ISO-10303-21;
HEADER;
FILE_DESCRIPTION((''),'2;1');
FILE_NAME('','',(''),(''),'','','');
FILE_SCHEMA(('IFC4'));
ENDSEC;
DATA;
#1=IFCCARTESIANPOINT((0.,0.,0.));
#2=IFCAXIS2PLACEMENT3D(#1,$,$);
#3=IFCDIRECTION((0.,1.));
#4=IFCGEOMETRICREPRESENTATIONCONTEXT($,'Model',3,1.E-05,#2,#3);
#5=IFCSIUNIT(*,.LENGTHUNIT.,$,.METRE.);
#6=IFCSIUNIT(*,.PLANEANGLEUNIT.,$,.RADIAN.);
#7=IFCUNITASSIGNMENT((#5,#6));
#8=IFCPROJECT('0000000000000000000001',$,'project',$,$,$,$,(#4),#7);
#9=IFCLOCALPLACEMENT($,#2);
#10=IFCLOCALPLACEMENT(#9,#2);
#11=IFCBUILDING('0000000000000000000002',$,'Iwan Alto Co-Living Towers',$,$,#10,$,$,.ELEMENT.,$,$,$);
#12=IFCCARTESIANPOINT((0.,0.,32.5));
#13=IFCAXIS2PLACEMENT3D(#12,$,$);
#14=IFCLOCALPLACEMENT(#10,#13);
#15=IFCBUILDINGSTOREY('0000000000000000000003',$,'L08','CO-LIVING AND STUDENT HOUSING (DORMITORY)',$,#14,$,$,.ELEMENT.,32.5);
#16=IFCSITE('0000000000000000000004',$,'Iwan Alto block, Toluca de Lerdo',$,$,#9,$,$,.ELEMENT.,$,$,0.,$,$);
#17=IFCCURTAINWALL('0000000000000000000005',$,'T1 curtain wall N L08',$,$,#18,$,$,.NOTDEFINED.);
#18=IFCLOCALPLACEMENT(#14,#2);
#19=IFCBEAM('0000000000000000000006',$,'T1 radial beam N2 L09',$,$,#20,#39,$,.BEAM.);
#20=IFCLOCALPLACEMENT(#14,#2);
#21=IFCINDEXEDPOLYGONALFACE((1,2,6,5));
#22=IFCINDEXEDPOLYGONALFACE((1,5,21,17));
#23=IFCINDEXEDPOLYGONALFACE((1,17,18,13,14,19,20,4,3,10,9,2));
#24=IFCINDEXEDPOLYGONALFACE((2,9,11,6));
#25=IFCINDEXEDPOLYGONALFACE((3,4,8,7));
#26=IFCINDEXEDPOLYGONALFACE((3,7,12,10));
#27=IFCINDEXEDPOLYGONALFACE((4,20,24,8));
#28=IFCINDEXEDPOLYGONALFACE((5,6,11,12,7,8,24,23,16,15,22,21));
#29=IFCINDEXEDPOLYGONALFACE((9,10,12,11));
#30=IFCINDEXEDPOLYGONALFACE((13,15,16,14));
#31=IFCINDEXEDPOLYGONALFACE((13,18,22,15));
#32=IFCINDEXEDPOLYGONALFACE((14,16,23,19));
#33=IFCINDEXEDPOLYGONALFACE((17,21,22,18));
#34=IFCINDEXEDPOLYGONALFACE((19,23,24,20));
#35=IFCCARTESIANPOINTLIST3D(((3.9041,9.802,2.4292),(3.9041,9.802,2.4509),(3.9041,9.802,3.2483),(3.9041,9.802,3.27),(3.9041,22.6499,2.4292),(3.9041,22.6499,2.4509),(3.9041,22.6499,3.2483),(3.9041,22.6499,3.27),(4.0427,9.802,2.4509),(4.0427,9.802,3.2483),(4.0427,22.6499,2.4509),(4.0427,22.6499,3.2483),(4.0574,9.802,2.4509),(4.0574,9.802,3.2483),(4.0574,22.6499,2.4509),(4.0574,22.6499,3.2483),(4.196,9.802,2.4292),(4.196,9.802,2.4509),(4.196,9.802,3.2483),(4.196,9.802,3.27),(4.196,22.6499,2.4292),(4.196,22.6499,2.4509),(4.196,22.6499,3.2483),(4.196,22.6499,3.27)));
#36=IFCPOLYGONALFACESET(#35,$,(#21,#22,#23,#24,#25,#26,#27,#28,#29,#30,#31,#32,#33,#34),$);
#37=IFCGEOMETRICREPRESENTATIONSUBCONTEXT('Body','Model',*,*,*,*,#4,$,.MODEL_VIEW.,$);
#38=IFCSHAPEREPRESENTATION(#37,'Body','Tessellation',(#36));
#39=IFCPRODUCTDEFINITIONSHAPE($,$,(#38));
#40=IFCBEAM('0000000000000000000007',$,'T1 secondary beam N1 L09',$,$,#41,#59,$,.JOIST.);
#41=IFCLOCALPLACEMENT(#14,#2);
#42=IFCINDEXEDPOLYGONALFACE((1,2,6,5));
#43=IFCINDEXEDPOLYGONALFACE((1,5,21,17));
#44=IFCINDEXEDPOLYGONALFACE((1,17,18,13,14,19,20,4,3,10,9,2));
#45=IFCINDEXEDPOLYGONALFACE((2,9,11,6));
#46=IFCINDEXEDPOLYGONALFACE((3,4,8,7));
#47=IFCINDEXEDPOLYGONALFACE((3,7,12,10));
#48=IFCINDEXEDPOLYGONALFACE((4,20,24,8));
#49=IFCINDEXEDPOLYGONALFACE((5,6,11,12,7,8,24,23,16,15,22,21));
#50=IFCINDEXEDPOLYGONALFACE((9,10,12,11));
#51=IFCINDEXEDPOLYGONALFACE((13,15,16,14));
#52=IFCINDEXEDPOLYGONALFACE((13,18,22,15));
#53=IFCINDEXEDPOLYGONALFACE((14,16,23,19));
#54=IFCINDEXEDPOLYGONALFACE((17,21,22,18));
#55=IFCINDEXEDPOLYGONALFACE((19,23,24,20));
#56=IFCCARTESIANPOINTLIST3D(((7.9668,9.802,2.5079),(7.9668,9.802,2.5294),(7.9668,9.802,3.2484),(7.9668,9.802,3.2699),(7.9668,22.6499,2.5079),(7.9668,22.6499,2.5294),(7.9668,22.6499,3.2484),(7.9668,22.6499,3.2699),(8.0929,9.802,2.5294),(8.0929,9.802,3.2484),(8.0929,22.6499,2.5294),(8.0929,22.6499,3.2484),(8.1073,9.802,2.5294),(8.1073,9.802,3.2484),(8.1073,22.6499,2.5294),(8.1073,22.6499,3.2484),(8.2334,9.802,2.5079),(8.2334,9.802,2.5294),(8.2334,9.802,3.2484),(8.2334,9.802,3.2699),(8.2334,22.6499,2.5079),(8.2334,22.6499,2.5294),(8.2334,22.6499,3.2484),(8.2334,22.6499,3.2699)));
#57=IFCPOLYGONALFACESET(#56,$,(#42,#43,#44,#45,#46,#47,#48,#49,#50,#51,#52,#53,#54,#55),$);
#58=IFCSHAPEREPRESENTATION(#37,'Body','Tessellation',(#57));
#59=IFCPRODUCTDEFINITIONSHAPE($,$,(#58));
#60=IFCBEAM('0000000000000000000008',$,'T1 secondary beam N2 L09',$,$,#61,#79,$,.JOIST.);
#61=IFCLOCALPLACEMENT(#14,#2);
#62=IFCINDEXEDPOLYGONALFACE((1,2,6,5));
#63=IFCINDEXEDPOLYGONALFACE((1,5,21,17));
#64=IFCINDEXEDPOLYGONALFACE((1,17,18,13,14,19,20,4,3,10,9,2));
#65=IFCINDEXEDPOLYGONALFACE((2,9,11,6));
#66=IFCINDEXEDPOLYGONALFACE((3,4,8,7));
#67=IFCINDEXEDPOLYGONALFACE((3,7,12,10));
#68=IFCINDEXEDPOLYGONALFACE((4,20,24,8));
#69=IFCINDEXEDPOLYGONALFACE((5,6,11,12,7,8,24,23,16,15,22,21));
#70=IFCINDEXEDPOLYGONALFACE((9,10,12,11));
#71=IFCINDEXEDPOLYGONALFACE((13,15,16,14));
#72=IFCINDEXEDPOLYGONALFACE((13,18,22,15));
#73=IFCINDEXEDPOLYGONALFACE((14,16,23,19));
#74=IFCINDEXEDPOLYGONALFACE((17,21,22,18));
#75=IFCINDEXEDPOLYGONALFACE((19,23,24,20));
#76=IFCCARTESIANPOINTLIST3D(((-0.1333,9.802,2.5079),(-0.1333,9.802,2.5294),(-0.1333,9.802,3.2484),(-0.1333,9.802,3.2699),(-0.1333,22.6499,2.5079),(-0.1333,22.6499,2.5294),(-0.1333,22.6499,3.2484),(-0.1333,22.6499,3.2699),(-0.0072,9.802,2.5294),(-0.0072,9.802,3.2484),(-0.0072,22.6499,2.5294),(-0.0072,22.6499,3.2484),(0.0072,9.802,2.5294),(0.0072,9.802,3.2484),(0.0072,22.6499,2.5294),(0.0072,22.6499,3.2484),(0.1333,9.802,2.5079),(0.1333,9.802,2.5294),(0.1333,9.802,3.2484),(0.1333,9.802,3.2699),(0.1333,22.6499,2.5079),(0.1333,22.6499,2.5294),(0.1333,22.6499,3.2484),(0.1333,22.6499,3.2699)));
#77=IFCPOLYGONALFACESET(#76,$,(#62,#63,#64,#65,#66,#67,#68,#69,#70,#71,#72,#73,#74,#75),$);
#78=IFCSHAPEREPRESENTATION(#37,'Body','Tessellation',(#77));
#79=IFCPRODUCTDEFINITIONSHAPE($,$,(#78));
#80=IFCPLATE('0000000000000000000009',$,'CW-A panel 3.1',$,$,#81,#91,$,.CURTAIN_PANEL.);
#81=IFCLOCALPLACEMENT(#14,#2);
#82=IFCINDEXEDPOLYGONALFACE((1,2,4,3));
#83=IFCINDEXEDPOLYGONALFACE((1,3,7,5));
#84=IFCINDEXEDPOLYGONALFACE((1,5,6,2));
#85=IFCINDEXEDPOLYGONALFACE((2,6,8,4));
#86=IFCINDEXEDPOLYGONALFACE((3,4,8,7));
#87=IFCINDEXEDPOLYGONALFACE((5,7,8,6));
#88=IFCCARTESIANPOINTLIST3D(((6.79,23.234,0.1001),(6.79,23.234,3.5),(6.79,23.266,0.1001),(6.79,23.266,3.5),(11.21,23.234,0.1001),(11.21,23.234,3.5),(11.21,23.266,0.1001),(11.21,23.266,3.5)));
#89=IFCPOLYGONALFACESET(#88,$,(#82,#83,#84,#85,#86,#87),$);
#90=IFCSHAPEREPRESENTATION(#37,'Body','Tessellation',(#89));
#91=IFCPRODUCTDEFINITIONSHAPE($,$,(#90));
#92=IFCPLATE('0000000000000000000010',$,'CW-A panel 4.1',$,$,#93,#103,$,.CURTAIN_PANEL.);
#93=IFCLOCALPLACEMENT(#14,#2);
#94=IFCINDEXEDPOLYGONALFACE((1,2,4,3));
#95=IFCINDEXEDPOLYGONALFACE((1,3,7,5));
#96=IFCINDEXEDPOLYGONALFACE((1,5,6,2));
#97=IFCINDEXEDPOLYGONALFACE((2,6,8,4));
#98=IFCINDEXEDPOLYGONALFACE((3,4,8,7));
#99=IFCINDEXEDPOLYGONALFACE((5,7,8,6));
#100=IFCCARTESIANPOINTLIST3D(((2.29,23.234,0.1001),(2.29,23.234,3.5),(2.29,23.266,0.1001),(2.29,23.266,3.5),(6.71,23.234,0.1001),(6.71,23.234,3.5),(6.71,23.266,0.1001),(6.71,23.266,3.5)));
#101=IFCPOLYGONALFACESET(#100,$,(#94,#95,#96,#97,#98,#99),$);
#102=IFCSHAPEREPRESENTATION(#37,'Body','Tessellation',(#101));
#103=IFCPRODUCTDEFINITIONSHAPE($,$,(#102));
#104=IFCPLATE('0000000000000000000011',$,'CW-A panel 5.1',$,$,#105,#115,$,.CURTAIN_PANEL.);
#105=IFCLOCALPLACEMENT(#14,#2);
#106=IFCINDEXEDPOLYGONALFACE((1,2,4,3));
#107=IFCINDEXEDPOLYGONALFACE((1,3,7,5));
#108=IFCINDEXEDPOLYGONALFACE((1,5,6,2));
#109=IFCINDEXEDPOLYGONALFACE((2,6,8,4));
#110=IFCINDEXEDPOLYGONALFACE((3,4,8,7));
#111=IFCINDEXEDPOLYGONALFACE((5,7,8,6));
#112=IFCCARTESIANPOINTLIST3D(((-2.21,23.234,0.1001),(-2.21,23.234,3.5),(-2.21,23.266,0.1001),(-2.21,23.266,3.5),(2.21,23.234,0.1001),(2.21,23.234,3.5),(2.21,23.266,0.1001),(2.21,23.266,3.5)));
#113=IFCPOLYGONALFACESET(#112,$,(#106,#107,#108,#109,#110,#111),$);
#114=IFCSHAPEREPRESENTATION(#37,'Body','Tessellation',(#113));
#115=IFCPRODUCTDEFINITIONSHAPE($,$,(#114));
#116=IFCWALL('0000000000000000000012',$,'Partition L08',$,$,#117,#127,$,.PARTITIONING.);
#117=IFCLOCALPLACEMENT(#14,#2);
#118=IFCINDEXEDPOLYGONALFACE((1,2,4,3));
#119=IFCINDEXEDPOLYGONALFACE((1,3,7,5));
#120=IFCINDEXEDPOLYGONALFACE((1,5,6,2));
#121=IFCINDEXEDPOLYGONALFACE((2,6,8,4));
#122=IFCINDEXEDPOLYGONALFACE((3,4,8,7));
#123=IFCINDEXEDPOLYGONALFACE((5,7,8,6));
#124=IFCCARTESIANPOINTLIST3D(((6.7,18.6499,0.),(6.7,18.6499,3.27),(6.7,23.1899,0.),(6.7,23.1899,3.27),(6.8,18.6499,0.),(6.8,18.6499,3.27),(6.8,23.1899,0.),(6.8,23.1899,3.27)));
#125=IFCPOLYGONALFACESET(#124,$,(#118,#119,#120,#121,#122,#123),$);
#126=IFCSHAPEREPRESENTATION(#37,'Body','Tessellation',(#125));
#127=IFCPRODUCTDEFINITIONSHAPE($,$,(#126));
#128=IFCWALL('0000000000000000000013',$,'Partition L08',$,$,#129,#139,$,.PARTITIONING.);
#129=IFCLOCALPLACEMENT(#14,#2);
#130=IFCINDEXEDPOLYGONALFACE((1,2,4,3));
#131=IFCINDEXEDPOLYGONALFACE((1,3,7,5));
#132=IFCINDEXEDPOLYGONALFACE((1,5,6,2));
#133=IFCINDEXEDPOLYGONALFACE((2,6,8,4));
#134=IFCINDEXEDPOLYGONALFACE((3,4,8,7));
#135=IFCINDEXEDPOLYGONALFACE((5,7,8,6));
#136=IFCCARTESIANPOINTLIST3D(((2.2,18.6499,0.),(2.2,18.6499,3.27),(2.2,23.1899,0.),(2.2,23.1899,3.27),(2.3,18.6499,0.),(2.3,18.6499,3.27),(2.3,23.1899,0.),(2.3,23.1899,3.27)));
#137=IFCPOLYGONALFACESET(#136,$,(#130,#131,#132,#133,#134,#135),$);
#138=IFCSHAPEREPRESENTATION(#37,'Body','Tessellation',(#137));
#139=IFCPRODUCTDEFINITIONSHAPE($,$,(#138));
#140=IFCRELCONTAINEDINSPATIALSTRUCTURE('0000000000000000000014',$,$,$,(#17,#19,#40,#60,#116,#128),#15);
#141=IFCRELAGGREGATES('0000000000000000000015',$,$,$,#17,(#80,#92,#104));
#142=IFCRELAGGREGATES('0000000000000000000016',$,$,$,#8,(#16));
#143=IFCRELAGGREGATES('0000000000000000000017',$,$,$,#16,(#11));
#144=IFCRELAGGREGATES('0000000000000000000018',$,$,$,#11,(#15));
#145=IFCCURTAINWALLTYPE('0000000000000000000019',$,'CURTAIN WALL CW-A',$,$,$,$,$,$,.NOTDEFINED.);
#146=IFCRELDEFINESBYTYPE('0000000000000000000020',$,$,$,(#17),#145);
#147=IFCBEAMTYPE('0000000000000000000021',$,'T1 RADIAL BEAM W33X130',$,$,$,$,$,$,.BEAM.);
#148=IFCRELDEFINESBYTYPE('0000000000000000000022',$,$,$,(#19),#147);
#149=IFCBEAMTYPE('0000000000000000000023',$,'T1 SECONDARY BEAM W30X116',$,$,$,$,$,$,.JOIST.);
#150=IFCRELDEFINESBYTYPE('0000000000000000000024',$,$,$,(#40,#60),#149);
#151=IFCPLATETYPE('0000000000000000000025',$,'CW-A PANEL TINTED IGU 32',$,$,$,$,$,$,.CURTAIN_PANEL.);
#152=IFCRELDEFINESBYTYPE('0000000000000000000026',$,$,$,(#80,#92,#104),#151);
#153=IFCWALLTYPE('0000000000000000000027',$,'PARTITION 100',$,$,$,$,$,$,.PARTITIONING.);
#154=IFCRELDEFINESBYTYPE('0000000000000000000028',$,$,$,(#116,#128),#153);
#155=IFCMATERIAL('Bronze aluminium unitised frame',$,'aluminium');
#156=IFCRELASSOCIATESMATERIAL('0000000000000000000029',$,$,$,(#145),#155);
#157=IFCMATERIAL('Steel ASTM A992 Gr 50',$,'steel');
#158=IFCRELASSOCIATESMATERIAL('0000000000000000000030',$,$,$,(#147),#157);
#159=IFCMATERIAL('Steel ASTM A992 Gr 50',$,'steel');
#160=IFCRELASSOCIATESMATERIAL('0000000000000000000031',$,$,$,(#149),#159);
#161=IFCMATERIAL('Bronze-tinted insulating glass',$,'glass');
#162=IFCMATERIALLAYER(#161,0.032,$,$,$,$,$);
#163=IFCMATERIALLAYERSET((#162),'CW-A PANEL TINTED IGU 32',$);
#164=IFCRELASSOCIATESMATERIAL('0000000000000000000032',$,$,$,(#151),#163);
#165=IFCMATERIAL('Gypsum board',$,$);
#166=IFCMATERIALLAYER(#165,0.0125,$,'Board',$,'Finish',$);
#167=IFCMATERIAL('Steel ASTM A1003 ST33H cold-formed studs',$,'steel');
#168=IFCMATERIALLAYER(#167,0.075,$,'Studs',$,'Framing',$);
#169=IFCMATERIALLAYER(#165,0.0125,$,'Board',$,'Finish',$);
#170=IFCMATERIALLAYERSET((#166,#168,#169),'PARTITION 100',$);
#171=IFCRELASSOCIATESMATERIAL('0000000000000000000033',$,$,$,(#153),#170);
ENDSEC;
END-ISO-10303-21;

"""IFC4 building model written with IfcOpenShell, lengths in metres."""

from ifc_helpers import new_model, si_unit, direction, frame, frame_2d, origin, origin_2d, place, context, subcontext, project, spatial, rectangle, i_section, extrude, material, layer, layer_set, material_profile, profile_set, type_object, element, aggregate, save


model = new_model("IFC4")

# Units and contexts
model_context = context("Model", 3, precision=1e-05, world=origin(), true_north=direction((0.0, 1.0)))
body_context = subcontext(model_context, "Body", "Model", "MODEL_VIEW")
ifc_project = project(units=[si_unit("LENGTHUNIT", "METRE"), si_unit("PLANEANGLEUNIT", "RADIAN")], contexts=[model_context])

# Site, building, storey
site_placement = place(None, origin())
site = spatial("IfcSite", under=ifc_project, at=site_placement, Name="Iwan Alto block, Toluca de Lerdo", CompositionType="ELEMENT", RefElevation=0.0)
building_placement = place(site_placement, origin())
building = spatial("IfcBuilding", under=site, at=building_placement, Name="Iwan Alto Co-Living Towers", CompositionType="ELEMENT")
storey_placement = place(building_placement, frame((0.0, 0.0, 32.5)))
storey = spatial("IfcBuildingStorey", under=building, at=storey_placement, Name="L08", Description="CO-LIVING AND STUDENT HOUSING (DORMITORY)", CompositionType="ELEMENT", Elevation=32.5)

# Curtain wall
ifc_material_1 = material(Name="Bronze aluminium unitised frame", Category="aluminium")
curtain_wall_type = type_object("IfcCurtainWallType", Name="CURTAIN WALL CW-A", PredefinedType="NOTDEFINED", material=ifc_material_1)
curtain_wall_placement = place(storey_placement, origin())
curtain_wall = element("IfcCurtainWall", 1, at=curtain_wall_placement, inside=storey, type_object=curtain_wall_type, Name="T1 curtain wall N L08", PredefinedType="NOTDEFINED")

# Beams
ifc_material_2 = material(Name="Steel ASTM A992 Gr 50", Category="steel")
ifc_material_profile_1 = material_profile(ifc_material_2, i_section(OverallWidth=0.292, OverallDepth=0.8408, WebThickness=0.0146, FlangeThickness=0.0217, at=origin_2d()), Name="W33X130")
ifc_profile_set_1 = profile_set([ifc_material_profile_1], Name="Steel ASTM A992 Gr 50")
beam_type_1 = type_object("IfcBeamType", Name="T1 RADIAL BEAM W33X130", PredefinedType="BEAM", material=ifc_profile_set_1)
beam_1_placement = place(storey_placement, frame((4.05, 22.6499, 2.8496), z_axis=(0.0, -1.0, 0.0), x_axis=(1.0, 0.0, 0.0)))
element("IfcBeam", 2, at=beam_1_placement, inside=storey, type_object=beam_type_1, Name="T1 radial beam N2 L09", PredefinedType="BEAM", context=body_context, shape_type="SweptSolid", body=[
    extrude(i_section(OverallWidth=0.292, OverallDepth=0.8408, WebThickness=0.0146, FlangeThickness=0.0217, at=origin_2d()), origin(), (0.0, 0.0, 1.0), 12.8479),
])
ifc_material_3 = material(Name="Steel ASTM A992 Gr 50", Category="steel")
ifc_material_profile_2 = material_profile(ifc_material_3, i_section(OverallWidth=0.2666, OverallDepth=0.762, WebThickness=0.0144, FlangeThickness=0.0215, at=origin_2d()), Name="W30X116")
ifc_profile_set_2 = profile_set([ifc_material_profile_2], Name="Steel ASTM A992 Gr 50")
beam_type_2 = type_object("IfcBeamType", Name="T1 SECONDARY BEAM W30X116", PredefinedType="JOIST", material=ifc_profile_set_2)
for number, where, z_axis, x_axis, name in (
    (3, (8.1001, 22.6499, 2.8889), (0.0, -1.0, 0.0), (1.0, 0.0, 0.0), "T1 secondary beam N1 L09"),
    (4, (0.0, 22.6499, 2.8889), (0.0, -1.0, 0.0), (1.0, 0.0, 0.0), "T1 secondary beam N2 L09"),
):
    element("IfcBeam", number, at=place(storey_placement, frame(where, z_axis=z_axis, x_axis=x_axis)), inside=storey, type_object=beam_type_2, Name=name, PredefinedType="JOIST", context=body_context, shape_type="SweptSolid", body=[
        extrude(i_section(OverallWidth=0.2666, OverallDepth=0.762, WebThickness=0.0144, FlangeThickness=0.0215, at=origin_2d()), origin(), (0.0, 0.0, 1.0), 12.8479),
    ])

# Plates
ifc_material_4 = material(Name="Bronze-tinted insulating glass", Category="glass")
ifc_layer_1 = layer(ifc_material_4, 0.032)
ifc_layer_set_1 = layer_set([ifc_layer_1], Name="CW-A PANEL TINTED IGU 32")
plate_type = type_object("IfcPlateType", Name="CW-A PANEL TINTED IGU 32", PredefinedType="CURTAIN_PANEL", material=ifc_layer_set_1)
plate_1_placement = place(storey_placement, frame((9.0, 23.25, 0.1001), z_axis=(0.0, 0.0, 1.0), x_axis=(-1.0, 0.0, 0.0)))
plate_1 = element("IfcPlate", 5, at=plate_1_placement, type_object=plate_type, Name="CW-A panel 3.1", PredefinedType="CURTAIN_PANEL", context=body_context, shape_type="SweptSolid", body=[
    extrude(rectangle(XDim=4.4199, YDim=0.032, at=origin_2d()), origin(), (0.0, 0.0, 1.0), 3.3999),
])
plate_2_placement = place(storey_placement, frame((4.5, 23.25, 0.1001), z_axis=(0.0, 0.0, 1.0), x_axis=(-1.0, 0.0, 0.0)))
plate_2 = element("IfcPlate", 6, at=plate_2_placement, type_object=plate_type, Name="CW-A panel 4.1", PredefinedType="CURTAIN_PANEL", context=body_context, shape_type="SweptSolid", body=[
    extrude(rectangle(XDim=4.4199, YDim=0.032, at=origin_2d()), origin(), (0.0, 0.0, 1.0), 3.3999),
])
plate_3_placement = place(storey_placement, frame((0.0, 23.25, 0.1001), z_axis=(0.0, 0.0, 1.0), x_axis=(-1.0, 0.0, 0.0)))
plate_3 = element("IfcPlate", 7, at=plate_3_placement, type_object=plate_type, Name="CW-A panel 5.1", PredefinedType="CURTAIN_PANEL", context=body_context, shape_type="SweptSolid", body=[
    extrude(rectangle(XDim=4.4199, YDim=0.032, at=origin_2d()), origin(), (0.0, 0.0, 1.0), 3.3999),
])
aggregate(curtain_wall, [plate_1, plate_2, plate_3])

# Walls
ifc_material_5 = material(Name="Gypsum board")
ifc_layer_2 = layer(ifc_material_5, 0.0125, Name="Board", Category="Finish")
ifc_material_6 = material(Name="Steel ASTM A1003 ST33H cold-formed studs", Category="steel")
ifc_layer_3 = layer(ifc_material_6, 0.075, Name="Studs", Category="Framing")
ifc_layer_4 = layer(ifc_material_5, 0.0125, Name="Board", Category="Finish")
ifc_layer_set_2 = layer_set([ifc_layer_2, ifc_layer_3, ifc_layer_4], Name="PARTITION 100")
wall_type_1 = type_object("IfcWallType", Name="PARTITION 100", PredefinedType="PARTITIONING", material=ifc_layer_set_2)
for number, where, z_axis, x_axis, name in (
    (8, (6.75, 18.6499, 0.0), (0.0, 0.0, 1.0), (0.0, 1.0, 0.0), "Partition L08"),
    (9, (2.25, 18.6499, 0.0), (0.0, 0.0, 1.0), (0.0, 1.0, 0.0), "Partition L08"),
):
    element("IfcWall", number, at=place(storey_placement, frame(where, z_axis=z_axis, x_axis=x_axis)), inside=storey, type_object=wall_type_1, Name=name, PredefinedType="PARTITIONING", context=body_context, shape_type="SweptSolid", body=[
        extrude(rectangle(XDim=4.54, YDim=0.1001, at=frame_2d((2.27, 0.0))), origin(), (0.0, 0.0, 1.0), 3.27),
    ])

save(model, "model.ifc")
